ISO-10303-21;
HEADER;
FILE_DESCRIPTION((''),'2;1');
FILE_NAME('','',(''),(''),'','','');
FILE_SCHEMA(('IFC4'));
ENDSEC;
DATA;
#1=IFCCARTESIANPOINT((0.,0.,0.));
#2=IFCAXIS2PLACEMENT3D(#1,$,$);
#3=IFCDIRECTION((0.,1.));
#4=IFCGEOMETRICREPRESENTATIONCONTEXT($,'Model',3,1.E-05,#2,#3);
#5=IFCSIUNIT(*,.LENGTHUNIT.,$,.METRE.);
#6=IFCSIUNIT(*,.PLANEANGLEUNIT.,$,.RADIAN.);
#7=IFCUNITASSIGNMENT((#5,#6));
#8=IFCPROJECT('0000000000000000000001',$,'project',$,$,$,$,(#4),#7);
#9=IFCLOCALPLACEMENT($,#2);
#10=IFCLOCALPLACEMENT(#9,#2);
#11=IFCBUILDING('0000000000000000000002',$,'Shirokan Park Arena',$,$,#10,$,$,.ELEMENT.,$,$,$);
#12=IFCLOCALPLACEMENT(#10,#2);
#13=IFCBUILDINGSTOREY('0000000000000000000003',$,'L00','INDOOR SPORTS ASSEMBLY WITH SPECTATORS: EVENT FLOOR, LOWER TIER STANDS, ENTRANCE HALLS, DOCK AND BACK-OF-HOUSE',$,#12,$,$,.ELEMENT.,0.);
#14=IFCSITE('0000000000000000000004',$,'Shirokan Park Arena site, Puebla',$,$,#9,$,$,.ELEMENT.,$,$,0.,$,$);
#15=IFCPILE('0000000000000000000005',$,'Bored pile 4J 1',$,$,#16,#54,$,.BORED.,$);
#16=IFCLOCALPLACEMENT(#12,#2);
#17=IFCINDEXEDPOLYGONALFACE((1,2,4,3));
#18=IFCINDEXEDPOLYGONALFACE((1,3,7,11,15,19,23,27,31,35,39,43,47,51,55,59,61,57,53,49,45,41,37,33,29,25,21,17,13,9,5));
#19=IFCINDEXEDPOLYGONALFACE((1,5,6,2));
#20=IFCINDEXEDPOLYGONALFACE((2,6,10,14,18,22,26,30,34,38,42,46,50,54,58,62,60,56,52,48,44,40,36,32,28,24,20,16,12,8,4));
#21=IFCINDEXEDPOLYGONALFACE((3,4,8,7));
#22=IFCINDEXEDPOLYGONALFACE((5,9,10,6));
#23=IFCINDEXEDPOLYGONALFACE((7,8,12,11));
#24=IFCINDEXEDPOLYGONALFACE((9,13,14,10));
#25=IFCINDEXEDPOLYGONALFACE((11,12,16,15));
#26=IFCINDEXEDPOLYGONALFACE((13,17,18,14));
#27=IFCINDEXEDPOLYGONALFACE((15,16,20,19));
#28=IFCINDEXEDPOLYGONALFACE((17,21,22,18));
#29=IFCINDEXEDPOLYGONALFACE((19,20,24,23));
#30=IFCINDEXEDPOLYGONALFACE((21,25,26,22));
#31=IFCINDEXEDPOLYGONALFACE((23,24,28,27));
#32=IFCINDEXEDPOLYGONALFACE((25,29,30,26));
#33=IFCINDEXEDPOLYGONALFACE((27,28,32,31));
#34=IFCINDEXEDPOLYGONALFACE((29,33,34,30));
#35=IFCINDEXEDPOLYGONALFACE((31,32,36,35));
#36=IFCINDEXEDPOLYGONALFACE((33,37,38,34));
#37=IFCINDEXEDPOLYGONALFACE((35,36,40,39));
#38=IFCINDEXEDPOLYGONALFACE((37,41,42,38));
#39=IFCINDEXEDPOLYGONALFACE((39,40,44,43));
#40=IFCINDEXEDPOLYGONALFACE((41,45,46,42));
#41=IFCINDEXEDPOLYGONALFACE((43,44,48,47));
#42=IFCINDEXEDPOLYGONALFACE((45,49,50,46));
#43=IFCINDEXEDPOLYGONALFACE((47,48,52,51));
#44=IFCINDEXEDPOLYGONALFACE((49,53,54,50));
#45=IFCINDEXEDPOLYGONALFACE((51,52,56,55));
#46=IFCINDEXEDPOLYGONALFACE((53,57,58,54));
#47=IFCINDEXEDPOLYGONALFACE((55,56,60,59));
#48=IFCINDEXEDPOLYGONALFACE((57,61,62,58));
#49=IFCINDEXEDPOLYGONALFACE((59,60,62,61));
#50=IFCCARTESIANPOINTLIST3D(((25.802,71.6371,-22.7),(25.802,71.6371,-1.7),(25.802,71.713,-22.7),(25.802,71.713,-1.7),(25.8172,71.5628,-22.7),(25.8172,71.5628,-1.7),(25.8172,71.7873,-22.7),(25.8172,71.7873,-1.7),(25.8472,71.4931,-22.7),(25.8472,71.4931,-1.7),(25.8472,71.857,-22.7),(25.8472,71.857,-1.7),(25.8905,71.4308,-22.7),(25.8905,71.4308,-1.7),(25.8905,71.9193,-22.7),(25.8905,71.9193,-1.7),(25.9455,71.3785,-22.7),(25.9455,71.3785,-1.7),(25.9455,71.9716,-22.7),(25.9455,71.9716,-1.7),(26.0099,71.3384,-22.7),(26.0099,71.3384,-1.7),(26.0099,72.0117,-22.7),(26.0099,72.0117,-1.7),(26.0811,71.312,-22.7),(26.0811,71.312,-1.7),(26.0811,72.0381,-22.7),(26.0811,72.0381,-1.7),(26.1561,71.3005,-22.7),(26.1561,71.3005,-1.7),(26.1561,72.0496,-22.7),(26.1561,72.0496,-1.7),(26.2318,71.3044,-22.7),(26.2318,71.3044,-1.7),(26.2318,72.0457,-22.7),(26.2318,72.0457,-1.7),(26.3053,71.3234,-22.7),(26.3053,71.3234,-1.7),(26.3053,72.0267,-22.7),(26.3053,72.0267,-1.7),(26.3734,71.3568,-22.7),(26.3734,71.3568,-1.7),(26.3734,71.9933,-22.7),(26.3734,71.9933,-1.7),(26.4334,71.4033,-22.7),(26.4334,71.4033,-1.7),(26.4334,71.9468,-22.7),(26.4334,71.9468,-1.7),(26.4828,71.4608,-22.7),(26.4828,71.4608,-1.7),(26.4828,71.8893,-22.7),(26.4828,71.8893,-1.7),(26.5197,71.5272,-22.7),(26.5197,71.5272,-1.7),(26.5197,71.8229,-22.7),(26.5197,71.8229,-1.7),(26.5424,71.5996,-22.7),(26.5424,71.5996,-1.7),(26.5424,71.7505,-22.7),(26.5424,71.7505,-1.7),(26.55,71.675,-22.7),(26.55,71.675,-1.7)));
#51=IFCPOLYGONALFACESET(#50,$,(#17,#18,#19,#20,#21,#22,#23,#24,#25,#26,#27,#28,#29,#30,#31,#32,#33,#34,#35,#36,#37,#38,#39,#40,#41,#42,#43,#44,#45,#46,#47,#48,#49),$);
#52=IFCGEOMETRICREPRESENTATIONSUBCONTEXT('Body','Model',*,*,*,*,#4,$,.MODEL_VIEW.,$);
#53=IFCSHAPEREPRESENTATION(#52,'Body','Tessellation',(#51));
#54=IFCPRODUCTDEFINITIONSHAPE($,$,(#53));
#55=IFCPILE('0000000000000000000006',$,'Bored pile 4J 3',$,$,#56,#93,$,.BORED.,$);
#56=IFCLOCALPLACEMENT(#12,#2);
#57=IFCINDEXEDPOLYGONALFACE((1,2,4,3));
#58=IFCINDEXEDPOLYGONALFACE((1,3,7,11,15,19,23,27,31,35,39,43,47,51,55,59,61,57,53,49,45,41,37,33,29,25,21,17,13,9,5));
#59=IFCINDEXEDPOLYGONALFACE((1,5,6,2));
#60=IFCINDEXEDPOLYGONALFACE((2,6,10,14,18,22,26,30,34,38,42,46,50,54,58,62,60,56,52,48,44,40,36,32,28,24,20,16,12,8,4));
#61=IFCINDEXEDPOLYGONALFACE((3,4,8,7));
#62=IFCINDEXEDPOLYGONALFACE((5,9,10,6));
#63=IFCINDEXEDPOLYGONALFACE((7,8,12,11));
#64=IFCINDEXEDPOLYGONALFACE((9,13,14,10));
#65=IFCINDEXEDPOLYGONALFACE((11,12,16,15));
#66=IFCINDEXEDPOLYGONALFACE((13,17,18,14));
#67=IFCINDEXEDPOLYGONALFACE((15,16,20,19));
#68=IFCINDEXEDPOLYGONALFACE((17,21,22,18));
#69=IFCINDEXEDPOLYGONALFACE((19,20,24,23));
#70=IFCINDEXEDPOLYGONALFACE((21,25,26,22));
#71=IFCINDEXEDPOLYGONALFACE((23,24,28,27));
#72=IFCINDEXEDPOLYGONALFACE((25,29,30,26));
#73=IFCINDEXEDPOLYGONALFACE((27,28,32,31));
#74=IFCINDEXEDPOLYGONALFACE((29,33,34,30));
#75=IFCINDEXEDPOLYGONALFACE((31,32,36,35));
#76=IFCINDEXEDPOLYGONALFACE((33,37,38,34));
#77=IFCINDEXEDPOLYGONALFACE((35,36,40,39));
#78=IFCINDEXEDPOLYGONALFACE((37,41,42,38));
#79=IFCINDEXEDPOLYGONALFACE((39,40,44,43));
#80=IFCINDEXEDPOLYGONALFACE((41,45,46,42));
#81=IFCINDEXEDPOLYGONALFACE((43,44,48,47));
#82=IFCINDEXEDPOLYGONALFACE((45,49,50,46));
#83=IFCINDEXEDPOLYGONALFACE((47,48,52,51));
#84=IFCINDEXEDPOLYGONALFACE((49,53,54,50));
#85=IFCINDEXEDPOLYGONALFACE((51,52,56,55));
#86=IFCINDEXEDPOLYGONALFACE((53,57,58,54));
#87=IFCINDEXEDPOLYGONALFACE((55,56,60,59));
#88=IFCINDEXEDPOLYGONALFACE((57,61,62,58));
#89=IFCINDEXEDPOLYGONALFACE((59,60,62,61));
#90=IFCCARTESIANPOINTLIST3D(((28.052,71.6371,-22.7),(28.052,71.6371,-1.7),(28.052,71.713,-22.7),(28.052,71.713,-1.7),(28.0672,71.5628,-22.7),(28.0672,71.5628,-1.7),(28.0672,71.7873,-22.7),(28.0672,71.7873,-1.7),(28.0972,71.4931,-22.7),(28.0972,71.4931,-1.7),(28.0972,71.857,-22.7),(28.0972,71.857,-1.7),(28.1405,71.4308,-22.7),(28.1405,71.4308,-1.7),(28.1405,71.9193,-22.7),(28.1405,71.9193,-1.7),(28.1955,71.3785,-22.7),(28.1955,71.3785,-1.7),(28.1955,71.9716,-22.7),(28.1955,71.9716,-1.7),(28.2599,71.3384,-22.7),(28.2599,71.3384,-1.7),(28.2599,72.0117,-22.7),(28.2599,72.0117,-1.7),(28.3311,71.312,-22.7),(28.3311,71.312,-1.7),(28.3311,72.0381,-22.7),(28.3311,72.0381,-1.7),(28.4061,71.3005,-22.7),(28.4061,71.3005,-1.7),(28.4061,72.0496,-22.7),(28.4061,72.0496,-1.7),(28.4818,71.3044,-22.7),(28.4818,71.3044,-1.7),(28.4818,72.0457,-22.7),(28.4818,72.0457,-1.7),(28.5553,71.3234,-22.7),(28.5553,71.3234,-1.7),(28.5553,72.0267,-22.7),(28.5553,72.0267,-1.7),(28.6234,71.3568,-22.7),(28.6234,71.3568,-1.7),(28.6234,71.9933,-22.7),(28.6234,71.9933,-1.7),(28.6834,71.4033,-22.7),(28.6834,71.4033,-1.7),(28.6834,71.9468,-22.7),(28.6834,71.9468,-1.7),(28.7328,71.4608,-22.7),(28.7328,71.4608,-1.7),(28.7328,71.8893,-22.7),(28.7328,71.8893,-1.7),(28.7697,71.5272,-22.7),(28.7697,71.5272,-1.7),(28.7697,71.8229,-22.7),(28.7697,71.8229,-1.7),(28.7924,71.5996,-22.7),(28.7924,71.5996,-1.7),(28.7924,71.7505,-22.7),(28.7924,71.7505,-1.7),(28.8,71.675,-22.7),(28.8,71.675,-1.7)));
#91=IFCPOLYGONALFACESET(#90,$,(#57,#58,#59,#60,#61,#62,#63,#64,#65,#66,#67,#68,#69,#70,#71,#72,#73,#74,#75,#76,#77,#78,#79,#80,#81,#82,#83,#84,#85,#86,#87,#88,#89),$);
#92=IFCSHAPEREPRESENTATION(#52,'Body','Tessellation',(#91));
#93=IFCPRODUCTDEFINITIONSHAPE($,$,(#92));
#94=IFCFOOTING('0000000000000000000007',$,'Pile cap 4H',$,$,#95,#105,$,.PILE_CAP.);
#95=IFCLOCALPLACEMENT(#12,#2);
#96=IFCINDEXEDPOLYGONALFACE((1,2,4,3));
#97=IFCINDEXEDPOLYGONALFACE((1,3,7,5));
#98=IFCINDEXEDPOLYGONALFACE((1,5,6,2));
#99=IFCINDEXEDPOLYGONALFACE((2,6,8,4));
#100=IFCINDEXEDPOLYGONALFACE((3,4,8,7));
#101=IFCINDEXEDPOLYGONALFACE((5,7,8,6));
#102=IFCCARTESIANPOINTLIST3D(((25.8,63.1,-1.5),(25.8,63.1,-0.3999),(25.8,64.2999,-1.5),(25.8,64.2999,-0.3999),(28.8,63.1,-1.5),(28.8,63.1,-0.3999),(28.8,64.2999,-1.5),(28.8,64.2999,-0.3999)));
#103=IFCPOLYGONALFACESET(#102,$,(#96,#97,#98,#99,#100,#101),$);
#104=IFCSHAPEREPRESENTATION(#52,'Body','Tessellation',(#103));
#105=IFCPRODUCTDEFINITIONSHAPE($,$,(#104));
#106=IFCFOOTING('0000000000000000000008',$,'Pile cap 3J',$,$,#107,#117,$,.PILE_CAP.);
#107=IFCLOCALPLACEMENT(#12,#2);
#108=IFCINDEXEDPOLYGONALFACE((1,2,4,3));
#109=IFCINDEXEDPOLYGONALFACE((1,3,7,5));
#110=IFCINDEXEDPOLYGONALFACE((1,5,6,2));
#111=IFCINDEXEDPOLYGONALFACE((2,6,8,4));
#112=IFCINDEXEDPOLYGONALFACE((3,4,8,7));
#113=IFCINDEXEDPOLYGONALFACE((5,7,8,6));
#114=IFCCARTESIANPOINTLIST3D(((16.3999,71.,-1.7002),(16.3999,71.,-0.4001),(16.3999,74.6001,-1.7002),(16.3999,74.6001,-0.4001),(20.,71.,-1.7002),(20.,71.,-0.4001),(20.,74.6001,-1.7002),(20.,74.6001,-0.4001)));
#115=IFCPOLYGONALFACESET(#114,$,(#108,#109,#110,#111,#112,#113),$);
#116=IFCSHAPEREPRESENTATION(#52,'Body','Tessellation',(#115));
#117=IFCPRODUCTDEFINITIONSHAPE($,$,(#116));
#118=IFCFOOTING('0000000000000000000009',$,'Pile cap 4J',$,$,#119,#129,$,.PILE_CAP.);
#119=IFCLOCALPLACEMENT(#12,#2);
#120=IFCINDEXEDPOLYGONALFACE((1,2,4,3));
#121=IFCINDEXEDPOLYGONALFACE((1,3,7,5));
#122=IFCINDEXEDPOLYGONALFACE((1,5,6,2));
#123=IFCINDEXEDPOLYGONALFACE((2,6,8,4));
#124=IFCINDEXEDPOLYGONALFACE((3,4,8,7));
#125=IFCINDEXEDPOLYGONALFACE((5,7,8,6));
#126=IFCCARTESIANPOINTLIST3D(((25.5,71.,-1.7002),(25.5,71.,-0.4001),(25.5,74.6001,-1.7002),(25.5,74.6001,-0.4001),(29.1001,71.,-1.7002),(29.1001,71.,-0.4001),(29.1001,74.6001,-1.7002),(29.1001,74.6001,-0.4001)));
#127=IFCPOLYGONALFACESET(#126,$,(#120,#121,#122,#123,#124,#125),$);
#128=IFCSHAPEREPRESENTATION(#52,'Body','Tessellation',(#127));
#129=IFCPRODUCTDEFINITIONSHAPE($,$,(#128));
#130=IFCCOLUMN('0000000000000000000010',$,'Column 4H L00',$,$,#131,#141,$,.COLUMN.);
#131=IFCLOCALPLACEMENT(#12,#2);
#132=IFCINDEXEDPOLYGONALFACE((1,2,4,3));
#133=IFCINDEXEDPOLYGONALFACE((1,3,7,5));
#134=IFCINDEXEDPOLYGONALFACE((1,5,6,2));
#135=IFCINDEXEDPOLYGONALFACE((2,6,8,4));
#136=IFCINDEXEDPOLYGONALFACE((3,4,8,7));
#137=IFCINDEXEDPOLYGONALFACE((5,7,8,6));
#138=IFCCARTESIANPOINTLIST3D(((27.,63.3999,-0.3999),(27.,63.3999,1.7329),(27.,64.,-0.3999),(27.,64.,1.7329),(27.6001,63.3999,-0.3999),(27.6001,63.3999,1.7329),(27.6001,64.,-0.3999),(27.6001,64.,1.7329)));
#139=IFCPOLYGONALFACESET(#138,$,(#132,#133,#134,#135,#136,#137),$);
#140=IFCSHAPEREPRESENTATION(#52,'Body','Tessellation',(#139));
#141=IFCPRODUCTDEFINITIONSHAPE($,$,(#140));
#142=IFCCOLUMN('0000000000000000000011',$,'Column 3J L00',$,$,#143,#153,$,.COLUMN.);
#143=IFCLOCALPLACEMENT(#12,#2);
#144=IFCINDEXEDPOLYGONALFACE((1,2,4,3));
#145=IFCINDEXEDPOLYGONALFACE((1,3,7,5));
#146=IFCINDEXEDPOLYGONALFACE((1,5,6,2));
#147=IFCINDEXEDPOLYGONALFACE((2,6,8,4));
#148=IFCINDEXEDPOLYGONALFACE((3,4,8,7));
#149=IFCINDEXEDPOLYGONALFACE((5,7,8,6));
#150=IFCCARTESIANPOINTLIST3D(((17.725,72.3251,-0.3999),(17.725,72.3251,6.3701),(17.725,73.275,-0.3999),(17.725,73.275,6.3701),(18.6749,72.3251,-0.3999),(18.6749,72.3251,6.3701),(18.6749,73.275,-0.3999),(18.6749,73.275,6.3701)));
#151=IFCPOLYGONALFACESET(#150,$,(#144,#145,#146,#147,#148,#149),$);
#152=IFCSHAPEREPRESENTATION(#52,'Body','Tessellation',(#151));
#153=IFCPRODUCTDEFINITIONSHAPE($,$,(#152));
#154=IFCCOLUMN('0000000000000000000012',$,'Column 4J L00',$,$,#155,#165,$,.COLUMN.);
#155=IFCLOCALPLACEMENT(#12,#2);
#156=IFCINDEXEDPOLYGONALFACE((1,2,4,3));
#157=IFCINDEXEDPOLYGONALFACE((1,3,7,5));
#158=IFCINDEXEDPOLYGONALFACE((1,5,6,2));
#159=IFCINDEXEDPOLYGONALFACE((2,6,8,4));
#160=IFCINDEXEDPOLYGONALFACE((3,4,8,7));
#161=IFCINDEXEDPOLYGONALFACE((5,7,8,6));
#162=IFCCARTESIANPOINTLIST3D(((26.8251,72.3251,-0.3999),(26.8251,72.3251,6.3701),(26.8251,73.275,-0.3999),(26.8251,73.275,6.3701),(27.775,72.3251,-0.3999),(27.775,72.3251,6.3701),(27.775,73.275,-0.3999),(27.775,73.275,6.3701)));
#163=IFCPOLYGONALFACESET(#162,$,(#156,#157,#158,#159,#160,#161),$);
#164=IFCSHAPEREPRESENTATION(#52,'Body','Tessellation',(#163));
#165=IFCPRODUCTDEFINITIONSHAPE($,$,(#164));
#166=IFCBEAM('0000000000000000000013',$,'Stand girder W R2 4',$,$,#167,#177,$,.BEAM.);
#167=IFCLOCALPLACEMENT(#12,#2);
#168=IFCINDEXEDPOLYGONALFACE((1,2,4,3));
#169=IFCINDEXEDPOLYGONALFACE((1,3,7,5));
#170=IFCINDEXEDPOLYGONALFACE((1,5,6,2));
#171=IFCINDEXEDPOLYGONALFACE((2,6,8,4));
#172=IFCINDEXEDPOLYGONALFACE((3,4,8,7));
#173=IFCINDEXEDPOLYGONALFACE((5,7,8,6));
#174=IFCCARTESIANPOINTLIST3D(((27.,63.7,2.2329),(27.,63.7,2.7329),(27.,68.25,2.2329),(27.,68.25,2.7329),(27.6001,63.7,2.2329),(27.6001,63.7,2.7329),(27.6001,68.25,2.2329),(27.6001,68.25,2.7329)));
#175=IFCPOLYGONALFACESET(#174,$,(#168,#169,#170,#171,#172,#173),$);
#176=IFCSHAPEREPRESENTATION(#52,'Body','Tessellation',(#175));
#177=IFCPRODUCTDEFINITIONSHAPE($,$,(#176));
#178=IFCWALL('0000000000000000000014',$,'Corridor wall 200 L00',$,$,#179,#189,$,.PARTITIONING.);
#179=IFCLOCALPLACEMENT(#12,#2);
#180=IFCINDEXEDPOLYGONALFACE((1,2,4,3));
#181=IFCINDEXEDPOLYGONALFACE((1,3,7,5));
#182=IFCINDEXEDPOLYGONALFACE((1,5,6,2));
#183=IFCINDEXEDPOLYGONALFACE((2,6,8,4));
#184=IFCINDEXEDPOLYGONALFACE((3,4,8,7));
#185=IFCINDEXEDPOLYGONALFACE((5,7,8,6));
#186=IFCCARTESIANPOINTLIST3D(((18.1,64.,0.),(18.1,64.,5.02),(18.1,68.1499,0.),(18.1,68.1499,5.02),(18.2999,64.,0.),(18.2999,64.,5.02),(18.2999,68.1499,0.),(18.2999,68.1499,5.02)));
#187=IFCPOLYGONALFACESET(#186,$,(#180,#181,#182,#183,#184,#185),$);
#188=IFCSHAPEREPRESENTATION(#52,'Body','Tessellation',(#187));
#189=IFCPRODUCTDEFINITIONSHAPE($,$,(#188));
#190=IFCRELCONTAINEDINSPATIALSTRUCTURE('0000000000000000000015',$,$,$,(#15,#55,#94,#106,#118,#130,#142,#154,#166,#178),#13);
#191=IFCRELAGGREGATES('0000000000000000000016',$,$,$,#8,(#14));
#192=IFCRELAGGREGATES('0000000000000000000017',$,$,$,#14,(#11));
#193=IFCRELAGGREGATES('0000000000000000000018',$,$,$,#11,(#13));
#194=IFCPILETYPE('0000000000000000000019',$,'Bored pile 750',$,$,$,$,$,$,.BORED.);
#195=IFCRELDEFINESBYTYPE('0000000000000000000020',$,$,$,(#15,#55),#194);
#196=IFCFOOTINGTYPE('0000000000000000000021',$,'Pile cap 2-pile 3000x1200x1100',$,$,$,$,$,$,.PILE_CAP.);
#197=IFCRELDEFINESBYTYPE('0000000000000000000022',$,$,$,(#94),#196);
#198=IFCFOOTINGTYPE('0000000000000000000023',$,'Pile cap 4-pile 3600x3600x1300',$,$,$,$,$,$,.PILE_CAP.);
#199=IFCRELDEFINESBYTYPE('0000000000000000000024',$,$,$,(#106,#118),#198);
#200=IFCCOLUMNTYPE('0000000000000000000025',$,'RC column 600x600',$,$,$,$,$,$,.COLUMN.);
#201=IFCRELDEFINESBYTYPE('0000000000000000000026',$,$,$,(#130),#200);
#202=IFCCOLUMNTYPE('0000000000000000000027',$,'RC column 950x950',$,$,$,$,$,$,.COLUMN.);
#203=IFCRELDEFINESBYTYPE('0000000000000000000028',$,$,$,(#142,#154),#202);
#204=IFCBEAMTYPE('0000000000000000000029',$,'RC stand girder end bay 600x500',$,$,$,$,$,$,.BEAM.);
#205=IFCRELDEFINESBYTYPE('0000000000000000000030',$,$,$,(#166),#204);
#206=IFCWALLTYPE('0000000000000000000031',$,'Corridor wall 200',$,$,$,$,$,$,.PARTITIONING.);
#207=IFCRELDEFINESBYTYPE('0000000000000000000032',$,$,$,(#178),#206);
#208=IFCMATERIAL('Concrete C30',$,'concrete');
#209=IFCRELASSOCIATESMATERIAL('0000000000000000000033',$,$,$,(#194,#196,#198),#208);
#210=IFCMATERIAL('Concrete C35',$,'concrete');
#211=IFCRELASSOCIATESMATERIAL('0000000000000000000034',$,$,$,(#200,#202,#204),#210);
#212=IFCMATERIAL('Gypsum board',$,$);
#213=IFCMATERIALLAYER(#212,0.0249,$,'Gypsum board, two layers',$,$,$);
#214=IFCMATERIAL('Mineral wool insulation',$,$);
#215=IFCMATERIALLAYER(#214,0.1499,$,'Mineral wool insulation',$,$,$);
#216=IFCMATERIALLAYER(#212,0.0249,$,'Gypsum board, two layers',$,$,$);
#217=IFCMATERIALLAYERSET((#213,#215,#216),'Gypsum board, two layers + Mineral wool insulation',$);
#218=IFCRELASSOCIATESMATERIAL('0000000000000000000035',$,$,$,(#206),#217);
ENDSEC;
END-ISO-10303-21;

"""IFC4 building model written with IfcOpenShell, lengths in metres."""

from ifc_helpers import new_model, si_unit, direction, frame, frame_2d, origin, origin_2d, place, context, subcontext, project, spatial, rectangle, circle, extrude, material, layer, layer_set, material_profile, profile_set, type_object, element, save


model = new_model("IFC4")

# Units and contexts
model_context = context("Model", 3, precision=1e-05, world=origin(), true_north=direction((0.0, 1.0)))
body_context = subcontext(model_context, "Body", "Model", "MODEL_VIEW")
ifc_project = project(units=[si_unit("LENGTHUNIT", "METRE"), si_unit("PLANEANGLEUNIT", "RADIAN")], contexts=[model_context])

# Site, building, storey
site_placement = place(None, origin())
site = spatial("IfcSite", under=ifc_project, at=site_placement, Name="Shirokan Park Arena site, Puebla", CompositionType="ELEMENT", RefElevation=0.0)
building_placement = place(site_placement, origin())
building = spatial("IfcBuilding", under=site, at=building_placement, Name="Shirokan Park Arena", CompositionType="ELEMENT")
storey_placement = place(building_placement, origin())
storey = spatial("IfcBuildingStorey", under=building, at=storey_placement, Name="L00", Description="INDOOR SPORTS ASSEMBLY WITH SPECTATORS: EVENT FLOOR, LOWER TIER STANDS, ENTRANCE HALLS, DOCK AND BACK-OF-HOUSE", CompositionType="ELEMENT", Elevation=0.0)

# Piles
ifc_material_1 = material(Name="Concrete C30", Category="concrete")
ifc_material_profile_1 = material_profile(ifc_material_1, circle(Radius=0.375, at=origin_2d()), Name="D750")
ifc_profile_set_1 = profile_set([ifc_material_profile_1], Name="Concrete C30")
pile_type_1 = type_object("IfcPileType", Name="Bored pile 750", PredefinedType="BORED", material=ifc_profile_set_1)
for number, where, z_axis, x_axis, name in (
    (1, (26.175, 71.675, -1.7), (0.0, 0.0, -1.0), (1.0, 0.0, 0.0), "Bored pile 4J 1"),
    (2, (28.425, 71.675, -1.7), (0.0, 0.0, -1.0), (1.0, 0.0, 0.0), "Bored pile 4J 3"),
):
    element("IfcPile", number, at=place(storey_placement, frame(where, z_axis=z_axis, x_axis=x_axis)), inside=storey, type_object=pile_type_1, Name=name, PredefinedType="BORED", context=body_context, shape_type="SweptSolid", body=[
        extrude(circle(Radius=0.375, at=origin_2d()), origin(), (0.0, 0.0, 1.0), 21.0),
    ])

# Footings
footing_type_1 = type_object("IfcFootingType", Name="Pile cap 2-pile 3000x1200x1100", PredefinedType="PILE_CAP", material=ifc_material_1)
footing_placement = place(storey_placement, frame((27.3, 63.7, -1.5), z_axis=(0.0, 0.0, 1.0), x_axis=(1.0, 0.0, 0.0)))
element("IfcFooting", 3, at=footing_placement, inside=storey, type_object=footing_type_1, Name="Pile cap 4H", PredefinedType="PILE_CAP", context=body_context, shape_type="SweptSolid", body=[
    extrude(rectangle(XDim=3.0, YDim=1.2, at=origin_2d()), origin(), (0.0, 0.0, 1.0), 1.1001),
])
footing_type_2 = type_object("IfcFootingType", Name="Pile cap 4-pile 3600x3600x1300", PredefinedType="PILE_CAP", material=ifc_material_1)
for number, where, z_axis, x_axis, name in (
    (4, (18.2, 72.8, -1.7002), (0.0, 0.0, 1.0), (1.0, 0.0, 0.0), "Pile cap 3J"),
    (5, (27.3, 72.8, -1.7002), (0.0, 0.0, 1.0), (1.0, 0.0, 0.0), "Pile cap 4J"),
):
    element("IfcFooting", number, at=place(storey_placement, frame(where, z_axis=z_axis, x_axis=x_axis)), inside=storey, type_object=footing_type_2, Name=name, PredefinedType="PILE_CAP", context=body_context, shape_type="SweptSolid", body=[
        extrude(rectangle(XDim=3.6001, YDim=3.6001, at=origin_2d()), origin(), (0.0, 0.0, 1.0), 1.3),
    ])

# Columns
ifc_material_2 = material(Name="Concrete C35", Category="concrete")
ifc_material_profile_2 = material_profile(ifc_material_2, rectangle(XDim=0.6001, YDim=0.6001, at=origin_2d()), Name="600x600")
ifc_profile_set_2 = profile_set([ifc_material_profile_2], Name="Concrete C35")
column_type_1 = type_object("IfcColumnType", Name="RC column 600x600", PredefinedType="COLUMN", material=ifc_profile_set_2)
column_placement = place(storey_placement, frame((27.3, 63.7, -0.3999), z_axis=(0.0, 0.0, 1.0), x_axis=(1.0, 0.0, 0.0)))
element("IfcColumn", 6, at=column_placement, inside=storey, type_object=column_type_1, Name="Column 4H L00", PredefinedType="COLUMN", context=body_context, shape_type="SweptSolid", body=[
    extrude(rectangle(XDim=0.6001, YDim=0.6001, at=origin_2d()), origin(), (0.0, 0.0, 1.0), 2.1328),
])
ifc_material_profile_3 = material_profile(ifc_material_2, rectangle(XDim=0.95, YDim=0.95, at=origin_2d()), Name="950x950")
ifc_profile_set_3 = profile_set([ifc_material_profile_3], Name="Concrete C35")
column_type_2 = type_object("IfcColumnType", Name="RC column 950x950", PredefinedType="COLUMN", material=ifc_profile_set_3)
for number, where, z_axis, x_axis, name in (
    (7, (18.2, 72.8, -0.3999), (0.0, 0.0, 1.0), (1.0, 0.0, 0.0), "Column 3J L00"),
    (8, (27.3, 72.8, -0.3999), (0.0, 0.0, 1.0), (1.0, 0.0, 0.0), "Column 4J L00"),
):
    element("IfcColumn", number, at=place(storey_placement, frame(where, z_axis=z_axis, x_axis=x_axis)), inside=storey, type_object=column_type_2, Name=name, PredefinedType="COLUMN", context=body_context, shape_type="SweptSolid", body=[
        extrude(rectangle(XDim=0.95, YDim=0.95, at=origin_2d()), origin(), (0.0, 0.0, 1.0), 6.77),
    ])

# Beam
ifc_material_profile_4 = material_profile(ifc_material_2, rectangle(XDim=0.6001, YDim=0.5, at=origin_2d()), Name="600x500")
ifc_profile_set_4 = profile_set([ifc_material_profile_4], Name="Concrete C35")
beam_type = type_object("IfcBeamType", Name="RC stand girder end bay 600x500", PredefinedType="BEAM", material=ifc_profile_set_4)
beam_placement = place(storey_placement, frame((27.3, 63.7, 2.4829), z_axis=(0.0, 1.0, 0.0), x_axis=(-1.0, 0.0, 0.0)))
element("IfcBeam", 9, at=beam_placement, inside=storey, type_object=beam_type, Name="Stand girder W R2 4", PredefinedType="BEAM", context=body_context, shape_type="SweptSolid", body=[
    extrude(rectangle(XDim=0.6001, YDim=0.5, at=origin_2d()), origin(), (0.0, 0.0, 1.0), 4.55),
])

# Wall
ifc_material_3 = material(Name="Gypsum board")
ifc_layer_1 = layer(ifc_material_3, 0.0249, Name="Gypsum board, two layers")
ifc_material_4 = material(Name="Mineral wool insulation")
ifc_layer_2 = layer(ifc_material_4, 0.1499, Name="Mineral wool insulation")
ifc_layer_3 = layer(ifc_material_3, 0.0249, Name="Gypsum board, two layers")
ifc_layer_set_1 = layer_set([ifc_layer_1, ifc_layer_2, ifc_layer_3], Name="Gypsum board, two layers + Mineral wool insulation")
wall_type_1 = type_object("IfcWallType", Name="Corridor wall 200", PredefinedType="PARTITIONING", material=ifc_layer_set_1)
wall_1_placement = place(storey_placement, frame((18.2, 68.1499, 0.0), z_axis=(0.0, 0.0, 1.0), x_axis=(0.0, -1.0, 0.0)))
element("IfcWall", 10, at=wall_1_placement, inside=storey, type_object=wall_type_1, Name="Corridor wall 200 L00", PredefinedType="PARTITIONING", context=body_context, shape_type="SweptSolid", body=[
    extrude(rectangle(XDim=4.1499, YDim=0.2, at=frame_2d((2.075, 0.0))), origin(), (0.0, 0.0, 1.0), 5.02),
])

save(model, "model.ifc")
